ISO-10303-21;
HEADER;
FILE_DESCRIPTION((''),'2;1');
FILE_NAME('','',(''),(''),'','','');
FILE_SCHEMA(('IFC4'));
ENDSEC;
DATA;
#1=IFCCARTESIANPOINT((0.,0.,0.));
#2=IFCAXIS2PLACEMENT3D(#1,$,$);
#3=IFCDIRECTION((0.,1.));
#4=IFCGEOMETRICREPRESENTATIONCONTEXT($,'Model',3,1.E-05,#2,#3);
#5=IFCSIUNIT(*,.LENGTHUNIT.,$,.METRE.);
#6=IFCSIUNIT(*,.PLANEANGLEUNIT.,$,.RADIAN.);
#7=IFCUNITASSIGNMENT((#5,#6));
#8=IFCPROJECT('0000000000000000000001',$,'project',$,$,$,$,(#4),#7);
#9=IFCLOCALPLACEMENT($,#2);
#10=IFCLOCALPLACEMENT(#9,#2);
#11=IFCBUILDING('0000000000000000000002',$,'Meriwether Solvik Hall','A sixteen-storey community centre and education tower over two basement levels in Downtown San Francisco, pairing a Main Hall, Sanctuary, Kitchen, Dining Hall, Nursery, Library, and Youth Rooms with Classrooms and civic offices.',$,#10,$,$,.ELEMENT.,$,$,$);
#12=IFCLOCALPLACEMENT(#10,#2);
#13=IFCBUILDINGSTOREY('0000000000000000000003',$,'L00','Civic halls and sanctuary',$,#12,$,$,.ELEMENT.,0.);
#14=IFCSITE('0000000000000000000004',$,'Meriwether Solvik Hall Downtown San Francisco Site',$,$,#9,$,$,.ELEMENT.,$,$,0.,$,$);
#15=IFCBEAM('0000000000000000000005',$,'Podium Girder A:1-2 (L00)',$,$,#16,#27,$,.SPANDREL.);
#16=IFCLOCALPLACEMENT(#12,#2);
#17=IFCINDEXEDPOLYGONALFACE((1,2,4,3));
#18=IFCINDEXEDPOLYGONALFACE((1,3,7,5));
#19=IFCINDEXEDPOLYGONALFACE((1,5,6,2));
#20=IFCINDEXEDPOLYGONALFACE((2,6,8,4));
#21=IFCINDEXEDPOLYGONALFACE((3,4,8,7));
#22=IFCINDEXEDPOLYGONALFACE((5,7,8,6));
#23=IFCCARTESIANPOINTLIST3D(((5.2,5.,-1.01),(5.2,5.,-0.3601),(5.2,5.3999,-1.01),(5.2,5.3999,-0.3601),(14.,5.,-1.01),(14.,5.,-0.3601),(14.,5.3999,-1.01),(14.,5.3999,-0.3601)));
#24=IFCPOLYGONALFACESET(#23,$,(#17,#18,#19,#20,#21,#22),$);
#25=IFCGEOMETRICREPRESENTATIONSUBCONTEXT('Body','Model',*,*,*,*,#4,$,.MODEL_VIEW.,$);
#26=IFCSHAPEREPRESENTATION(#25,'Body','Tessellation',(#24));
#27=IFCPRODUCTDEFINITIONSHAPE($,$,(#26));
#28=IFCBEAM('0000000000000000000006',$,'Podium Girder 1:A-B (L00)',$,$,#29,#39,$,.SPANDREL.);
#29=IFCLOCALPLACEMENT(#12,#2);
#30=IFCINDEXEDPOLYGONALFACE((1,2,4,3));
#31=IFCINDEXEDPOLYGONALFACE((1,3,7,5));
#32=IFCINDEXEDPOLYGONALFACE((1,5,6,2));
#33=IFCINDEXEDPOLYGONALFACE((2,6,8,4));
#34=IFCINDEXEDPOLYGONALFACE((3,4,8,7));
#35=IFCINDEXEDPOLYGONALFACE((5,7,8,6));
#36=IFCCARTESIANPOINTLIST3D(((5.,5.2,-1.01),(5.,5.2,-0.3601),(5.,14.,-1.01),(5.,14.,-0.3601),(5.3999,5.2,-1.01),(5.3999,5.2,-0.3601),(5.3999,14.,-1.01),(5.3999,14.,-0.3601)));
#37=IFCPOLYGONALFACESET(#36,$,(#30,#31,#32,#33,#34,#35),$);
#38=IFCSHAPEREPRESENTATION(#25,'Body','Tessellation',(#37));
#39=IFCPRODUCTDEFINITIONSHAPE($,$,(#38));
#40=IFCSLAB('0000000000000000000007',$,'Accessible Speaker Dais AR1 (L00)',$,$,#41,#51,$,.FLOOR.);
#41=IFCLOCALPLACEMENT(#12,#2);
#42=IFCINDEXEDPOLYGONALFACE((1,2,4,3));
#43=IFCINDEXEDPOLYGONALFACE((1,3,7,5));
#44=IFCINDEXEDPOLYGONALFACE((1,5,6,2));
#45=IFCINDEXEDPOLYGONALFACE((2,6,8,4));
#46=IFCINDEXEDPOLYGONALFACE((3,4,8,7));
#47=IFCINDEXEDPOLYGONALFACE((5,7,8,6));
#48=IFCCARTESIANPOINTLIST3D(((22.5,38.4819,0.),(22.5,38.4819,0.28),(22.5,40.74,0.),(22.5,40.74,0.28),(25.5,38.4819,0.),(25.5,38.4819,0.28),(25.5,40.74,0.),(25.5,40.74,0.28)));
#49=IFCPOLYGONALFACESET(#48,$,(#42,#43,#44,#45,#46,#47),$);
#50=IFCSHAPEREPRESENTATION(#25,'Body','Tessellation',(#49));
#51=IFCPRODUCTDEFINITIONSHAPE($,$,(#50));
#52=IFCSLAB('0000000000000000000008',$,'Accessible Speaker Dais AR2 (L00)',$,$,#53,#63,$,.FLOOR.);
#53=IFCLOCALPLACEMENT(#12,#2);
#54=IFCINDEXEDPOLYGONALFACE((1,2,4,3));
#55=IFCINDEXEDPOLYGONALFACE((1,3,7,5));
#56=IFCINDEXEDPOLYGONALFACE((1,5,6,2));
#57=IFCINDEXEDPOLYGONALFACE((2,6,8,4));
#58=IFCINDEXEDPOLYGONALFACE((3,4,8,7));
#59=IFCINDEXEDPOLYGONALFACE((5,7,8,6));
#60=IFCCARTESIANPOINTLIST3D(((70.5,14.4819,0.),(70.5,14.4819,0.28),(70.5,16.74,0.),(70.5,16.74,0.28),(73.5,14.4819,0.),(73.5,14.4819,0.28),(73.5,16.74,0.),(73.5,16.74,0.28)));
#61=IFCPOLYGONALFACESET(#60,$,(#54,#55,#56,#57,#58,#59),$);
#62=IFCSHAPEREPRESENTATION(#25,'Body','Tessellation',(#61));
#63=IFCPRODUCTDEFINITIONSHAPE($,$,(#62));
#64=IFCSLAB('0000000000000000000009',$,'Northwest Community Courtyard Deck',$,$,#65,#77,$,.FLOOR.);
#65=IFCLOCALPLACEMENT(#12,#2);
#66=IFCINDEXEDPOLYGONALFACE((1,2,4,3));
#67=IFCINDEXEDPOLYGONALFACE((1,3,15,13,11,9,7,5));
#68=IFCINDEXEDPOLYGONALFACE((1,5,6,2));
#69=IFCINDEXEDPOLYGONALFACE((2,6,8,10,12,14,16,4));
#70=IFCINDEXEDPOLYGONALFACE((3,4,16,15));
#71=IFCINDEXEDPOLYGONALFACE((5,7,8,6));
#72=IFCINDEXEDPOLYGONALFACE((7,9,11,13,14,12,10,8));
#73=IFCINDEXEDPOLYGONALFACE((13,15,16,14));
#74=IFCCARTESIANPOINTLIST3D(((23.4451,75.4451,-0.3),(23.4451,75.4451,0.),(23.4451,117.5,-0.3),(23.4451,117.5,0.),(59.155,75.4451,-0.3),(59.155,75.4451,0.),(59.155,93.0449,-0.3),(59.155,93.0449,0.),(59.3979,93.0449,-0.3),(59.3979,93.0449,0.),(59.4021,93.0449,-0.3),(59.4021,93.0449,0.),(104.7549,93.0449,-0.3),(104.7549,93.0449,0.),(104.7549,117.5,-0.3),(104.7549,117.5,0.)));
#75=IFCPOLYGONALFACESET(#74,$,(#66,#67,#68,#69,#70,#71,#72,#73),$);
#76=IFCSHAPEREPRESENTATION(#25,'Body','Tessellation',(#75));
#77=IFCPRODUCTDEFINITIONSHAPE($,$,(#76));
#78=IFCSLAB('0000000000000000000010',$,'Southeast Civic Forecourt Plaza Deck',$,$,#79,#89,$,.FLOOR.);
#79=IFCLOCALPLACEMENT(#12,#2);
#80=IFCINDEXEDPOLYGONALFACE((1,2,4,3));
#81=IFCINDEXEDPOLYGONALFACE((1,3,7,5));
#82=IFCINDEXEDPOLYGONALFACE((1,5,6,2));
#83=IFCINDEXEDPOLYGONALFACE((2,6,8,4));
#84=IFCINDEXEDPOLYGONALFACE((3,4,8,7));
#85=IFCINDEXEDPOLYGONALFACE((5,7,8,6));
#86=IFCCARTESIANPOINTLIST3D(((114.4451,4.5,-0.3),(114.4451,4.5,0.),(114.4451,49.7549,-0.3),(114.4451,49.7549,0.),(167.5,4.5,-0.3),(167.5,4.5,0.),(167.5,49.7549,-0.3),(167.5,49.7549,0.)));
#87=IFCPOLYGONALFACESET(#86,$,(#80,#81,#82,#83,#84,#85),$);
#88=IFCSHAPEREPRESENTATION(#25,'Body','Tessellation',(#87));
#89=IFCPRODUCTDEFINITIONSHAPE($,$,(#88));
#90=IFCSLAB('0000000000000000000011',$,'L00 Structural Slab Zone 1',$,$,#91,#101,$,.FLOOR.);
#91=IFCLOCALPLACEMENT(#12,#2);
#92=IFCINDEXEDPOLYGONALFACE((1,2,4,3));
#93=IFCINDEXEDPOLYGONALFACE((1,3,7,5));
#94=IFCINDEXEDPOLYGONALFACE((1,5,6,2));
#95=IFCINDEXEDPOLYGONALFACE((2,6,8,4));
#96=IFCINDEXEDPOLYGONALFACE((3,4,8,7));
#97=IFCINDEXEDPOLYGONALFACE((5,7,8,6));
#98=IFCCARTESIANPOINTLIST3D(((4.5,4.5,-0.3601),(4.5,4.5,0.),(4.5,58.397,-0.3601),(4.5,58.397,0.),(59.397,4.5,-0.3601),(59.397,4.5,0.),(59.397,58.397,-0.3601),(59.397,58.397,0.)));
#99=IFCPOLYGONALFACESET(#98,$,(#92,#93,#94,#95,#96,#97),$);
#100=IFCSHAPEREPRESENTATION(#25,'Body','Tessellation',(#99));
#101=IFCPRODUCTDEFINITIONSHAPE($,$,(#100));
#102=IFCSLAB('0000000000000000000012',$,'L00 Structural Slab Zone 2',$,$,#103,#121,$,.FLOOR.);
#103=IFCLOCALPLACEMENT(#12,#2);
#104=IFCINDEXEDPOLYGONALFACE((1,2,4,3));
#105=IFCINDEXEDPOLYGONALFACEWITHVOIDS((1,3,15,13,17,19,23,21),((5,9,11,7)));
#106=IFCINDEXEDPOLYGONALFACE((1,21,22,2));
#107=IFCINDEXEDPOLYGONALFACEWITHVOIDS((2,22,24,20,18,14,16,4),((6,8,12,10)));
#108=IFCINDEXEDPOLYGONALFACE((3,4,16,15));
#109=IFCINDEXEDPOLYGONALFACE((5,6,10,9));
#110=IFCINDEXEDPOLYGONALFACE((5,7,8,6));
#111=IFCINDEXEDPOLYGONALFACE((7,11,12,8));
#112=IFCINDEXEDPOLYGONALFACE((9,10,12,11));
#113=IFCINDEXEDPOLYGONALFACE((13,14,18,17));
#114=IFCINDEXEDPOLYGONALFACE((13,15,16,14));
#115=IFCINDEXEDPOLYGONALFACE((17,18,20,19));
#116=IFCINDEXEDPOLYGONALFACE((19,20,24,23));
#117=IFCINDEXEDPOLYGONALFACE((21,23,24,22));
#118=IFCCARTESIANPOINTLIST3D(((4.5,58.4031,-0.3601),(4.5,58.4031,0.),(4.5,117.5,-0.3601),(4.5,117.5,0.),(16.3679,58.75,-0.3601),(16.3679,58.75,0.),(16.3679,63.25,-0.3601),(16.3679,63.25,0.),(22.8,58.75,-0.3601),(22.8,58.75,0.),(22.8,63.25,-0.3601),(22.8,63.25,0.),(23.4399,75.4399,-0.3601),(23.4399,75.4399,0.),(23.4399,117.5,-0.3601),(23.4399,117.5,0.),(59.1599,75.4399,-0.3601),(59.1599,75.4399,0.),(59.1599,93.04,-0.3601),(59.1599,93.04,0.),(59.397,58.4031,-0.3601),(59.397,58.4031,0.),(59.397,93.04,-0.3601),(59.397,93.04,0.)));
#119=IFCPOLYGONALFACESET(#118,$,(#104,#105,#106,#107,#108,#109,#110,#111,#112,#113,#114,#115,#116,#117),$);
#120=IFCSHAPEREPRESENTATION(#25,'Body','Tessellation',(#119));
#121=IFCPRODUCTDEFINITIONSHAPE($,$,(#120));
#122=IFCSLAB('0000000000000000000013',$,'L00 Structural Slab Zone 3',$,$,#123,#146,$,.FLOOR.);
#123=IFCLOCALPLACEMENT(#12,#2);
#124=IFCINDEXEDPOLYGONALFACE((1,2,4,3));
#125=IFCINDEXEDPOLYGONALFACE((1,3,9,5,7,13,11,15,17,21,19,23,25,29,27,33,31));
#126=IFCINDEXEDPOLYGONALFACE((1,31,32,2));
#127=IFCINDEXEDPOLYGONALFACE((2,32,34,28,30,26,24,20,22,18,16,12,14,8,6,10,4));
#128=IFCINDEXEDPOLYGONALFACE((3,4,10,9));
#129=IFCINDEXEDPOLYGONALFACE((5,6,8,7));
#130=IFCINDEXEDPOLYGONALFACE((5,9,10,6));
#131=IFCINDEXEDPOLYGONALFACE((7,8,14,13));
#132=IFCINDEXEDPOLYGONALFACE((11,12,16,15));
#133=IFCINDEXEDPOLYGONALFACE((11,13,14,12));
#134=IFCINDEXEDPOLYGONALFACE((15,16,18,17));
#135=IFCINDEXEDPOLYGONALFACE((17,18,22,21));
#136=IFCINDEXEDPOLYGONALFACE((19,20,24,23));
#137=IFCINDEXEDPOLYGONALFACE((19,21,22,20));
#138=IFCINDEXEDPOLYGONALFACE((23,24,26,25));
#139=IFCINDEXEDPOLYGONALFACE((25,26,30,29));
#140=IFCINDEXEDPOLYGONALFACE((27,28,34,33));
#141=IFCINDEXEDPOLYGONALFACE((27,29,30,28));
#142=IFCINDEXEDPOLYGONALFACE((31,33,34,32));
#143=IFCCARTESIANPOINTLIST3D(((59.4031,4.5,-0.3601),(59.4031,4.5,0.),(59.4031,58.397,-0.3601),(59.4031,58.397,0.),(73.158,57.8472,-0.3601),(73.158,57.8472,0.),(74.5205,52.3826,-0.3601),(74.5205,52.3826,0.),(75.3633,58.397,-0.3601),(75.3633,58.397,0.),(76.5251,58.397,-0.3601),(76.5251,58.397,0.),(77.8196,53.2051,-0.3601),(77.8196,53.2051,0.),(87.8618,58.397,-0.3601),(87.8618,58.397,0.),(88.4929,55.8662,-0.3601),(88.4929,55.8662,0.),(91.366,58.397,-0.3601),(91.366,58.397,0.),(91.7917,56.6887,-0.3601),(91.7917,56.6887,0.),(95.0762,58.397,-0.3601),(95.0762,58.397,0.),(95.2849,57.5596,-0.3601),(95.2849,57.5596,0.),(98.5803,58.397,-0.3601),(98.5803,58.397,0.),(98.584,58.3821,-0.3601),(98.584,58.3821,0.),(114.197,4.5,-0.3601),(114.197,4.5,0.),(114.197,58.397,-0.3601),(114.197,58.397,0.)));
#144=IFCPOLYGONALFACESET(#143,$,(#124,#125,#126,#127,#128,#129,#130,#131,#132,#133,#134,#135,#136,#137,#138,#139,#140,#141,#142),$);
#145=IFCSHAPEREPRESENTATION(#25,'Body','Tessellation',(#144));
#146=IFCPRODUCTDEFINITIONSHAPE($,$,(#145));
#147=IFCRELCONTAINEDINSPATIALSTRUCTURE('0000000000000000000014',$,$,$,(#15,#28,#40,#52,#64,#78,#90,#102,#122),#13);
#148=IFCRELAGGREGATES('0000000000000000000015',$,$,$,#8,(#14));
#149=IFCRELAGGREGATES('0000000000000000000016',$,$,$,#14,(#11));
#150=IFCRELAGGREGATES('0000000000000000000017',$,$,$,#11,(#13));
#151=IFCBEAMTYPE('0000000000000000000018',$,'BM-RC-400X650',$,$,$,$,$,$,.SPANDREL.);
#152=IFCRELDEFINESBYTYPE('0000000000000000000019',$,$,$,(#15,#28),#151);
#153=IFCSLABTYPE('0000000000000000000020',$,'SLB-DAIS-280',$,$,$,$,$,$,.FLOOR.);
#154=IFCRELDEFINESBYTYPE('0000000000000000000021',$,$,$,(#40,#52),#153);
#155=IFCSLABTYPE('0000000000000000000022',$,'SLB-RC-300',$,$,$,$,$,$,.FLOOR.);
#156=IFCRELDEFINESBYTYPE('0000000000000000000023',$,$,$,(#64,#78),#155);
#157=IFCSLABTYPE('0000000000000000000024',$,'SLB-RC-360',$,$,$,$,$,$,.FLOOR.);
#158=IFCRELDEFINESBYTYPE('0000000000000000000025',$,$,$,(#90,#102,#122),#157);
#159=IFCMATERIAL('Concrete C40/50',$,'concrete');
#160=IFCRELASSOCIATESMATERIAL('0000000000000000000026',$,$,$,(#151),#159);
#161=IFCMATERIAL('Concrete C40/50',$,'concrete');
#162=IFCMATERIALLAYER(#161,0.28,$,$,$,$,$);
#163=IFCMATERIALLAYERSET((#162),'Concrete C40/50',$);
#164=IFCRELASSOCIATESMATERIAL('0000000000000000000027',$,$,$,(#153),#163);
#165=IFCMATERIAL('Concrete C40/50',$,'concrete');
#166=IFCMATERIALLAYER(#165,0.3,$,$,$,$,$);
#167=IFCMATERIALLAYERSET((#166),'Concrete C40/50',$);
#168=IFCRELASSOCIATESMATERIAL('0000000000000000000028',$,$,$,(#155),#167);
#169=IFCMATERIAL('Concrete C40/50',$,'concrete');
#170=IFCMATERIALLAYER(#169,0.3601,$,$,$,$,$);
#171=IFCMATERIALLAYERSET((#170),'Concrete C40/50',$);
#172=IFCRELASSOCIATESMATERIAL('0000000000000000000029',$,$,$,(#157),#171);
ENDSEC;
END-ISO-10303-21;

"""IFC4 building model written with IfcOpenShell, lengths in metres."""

from ifc_helpers import new_model, si_unit, direction, frame, origin, origin_2d, place, context, subcontext, project, spatial, polyline, rectangle, outline, extrude, material, layer, layer_set, material_profile, profile_set, type_object, element, save


model = new_model("IFC4")

# Units and contexts
model_context = context("Model", 3, precision=1e-05, world=origin(), true_north=direction((0.0, 1.0)))
body_context = subcontext(model_context, "Body", "Model", "MODEL_VIEW")
ifc_project = project(units=[si_unit("LENGTHUNIT", "METRE"), si_unit("PLANEANGLEUNIT", "RADIAN")], contexts=[model_context])

# Site, building, storey
site_placement = place(None, origin())
site = spatial("IfcSite", under=ifc_project, at=site_placement, Name="Meriwether Solvik Hall Downtown San Francisco Site", CompositionType="ELEMENT", RefElevation=0.0)
building_placement = place(site_placement, origin())
building = spatial("IfcBuilding", under=site, at=building_placement, Name="Meriwether Solvik Hall", Description="A sixteen-storey community centre and education tower over two basement levels in Downtown San Francisco, pairing a Main Hall, Sanctuary, Kitchen, Dining Hall, Nursery, Library, and Youth Rooms with Classrooms and civic offices.", CompositionType="ELEMENT")
storey_placement = place(building_placement, origin())
storey = spatial("IfcBuildingStorey", under=building, at=storey_placement, Name="L00", Description="Civic halls and sanctuary", CompositionType="ELEMENT", Elevation=0.0)

# Beams
ifc_material_1 = material(Name="Concrete C40/50", Category="concrete")
ifc_material_profile = material_profile(ifc_material_1, rectangle(XDim=0.3999, YDim=0.6499, at=origin_2d()), Name="RCB-400X650")
ifc_profile_set = profile_set([ifc_material_profile], Name="Concrete C40/50")
beam_type = type_object("IfcBeamType", Name="BM-RC-400X650", PredefinedType="SPANDREL", material=ifc_profile_set)
for number, where, z_axis, x_axis, name in (
    (1, (5.2, 5.2, -0.6851), (1.0, 0.0, 0.0), (0.0, 1.0, 0.0), "Podium Girder A:1-2 (L00)"),
    (2, (5.2, 5.2, -0.6851), (0.0, 1.0, 0.0), (-1.0, 0.0, 0.0), "Podium Girder 1:A-B (L00)"),
):
    element("IfcBeam", number, at=place(storey_placement, frame(where, z_axis=z_axis, x_axis=x_axis)), inside=storey, type_object=beam_type, Name=name, PredefinedType="SPANDREL", context=body_context, shape_type="SweptSolid", body=[
        extrude(rectangle(XDim=0.3999, YDim=0.6499, at=origin_2d()), origin(), (0.0, 0.0, 1.0), 8.8),
    ])

# Slabs
ifc_material_2 = material(Name="Concrete C40/50", Category="concrete")
ifc_layer_1 = layer(ifc_material_2, 0.28)
ifc_layer_set_1 = layer_set([ifc_layer_1], Name="Concrete C40/50")
slab_type_1 = type_object("IfcSlabType", Name="SLB-DAIS-280", PredefinedType="FLOOR", material=ifc_layer_set_1)
slab_1_placement = place(storey_placement, origin())
element("IfcSlab", 3, at=slab_1_placement, inside=storey, type_object=slab_type_1, Name="Accessible Speaker Dais AR1 (L00)", PredefinedType="FLOOR", context=body_context, shape_type="SweptSolid", body=[
    extrude(outline(polyline([(22.5, 38.4819), (25.5, 38.4819), (25.5, 40.74), (22.5, 40.74), (22.5, 38.4819)])), origin(), (0.0, 0.0, 1.0), 0.28),
])
slab_2_placement = place(storey_placement, origin())
element("IfcSlab", 4, at=slab_2_placement, inside=storey, type_object=slab_type_1, Name="Accessible Speaker Dais AR2 (L00)", PredefinedType="FLOOR", context=body_context, shape_type="SweptSolid", body=[
    extrude(outline(polyline([(70.5, 14.4819), (73.5, 14.4819), (73.5, 16.74), (70.5, 16.74), (70.5, 14.4819)])), origin(), (0.0, 0.0, 1.0), 0.28),
])
ifc_material_3 = material(Name="Concrete C40/50", Category="concrete")
ifc_layer_2 = layer(ifc_material_3, 0.3)
ifc_layer_set_2 = layer_set([ifc_layer_2], Name="Concrete C40/50")
slab_type_2 = type_object("IfcSlabType", Name="SLB-RC-300", PredefinedType="FLOOR", material=ifc_layer_set_2)
slab_3_placement = place(storey_placement, frame((0.0, 0.0, -0.3)))
element("IfcSlab", 5, at=slab_3_placement, inside=storey, type_object=slab_type_2, Name="Northwest Community Courtyard Deck", PredefinedType="FLOOR", context=body_context, shape_type="SweptSolid", body=[
    extrude(outline(polyline([(104.7549, 117.5), (104.7549, 93.0449), (59.4021, 93.0449), (59.3979, 93.0449), (59.155, 93.0449), (59.155, 75.4451), (23.4451, 75.4451), (23.4451, 117.5), (104.7549, 117.5)])), origin(), (0.0, 0.0, 1.0), 0.3),
])
slab_4_placement = place(storey_placement, frame((0.0, 0.0, -0.3)))
element("IfcSlab", 6, at=slab_4_placement, inside=storey, type_object=slab_type_2, Name="Southeast Civic Forecourt Plaza Deck", PredefinedType="FLOOR", context=body_context, shape_type="SweptSolid", body=[
    extrude(outline(polyline([(167.5, 4.5), (114.4451, 4.5), (114.4451, 49.7549), (167.5, 49.7549), (167.5, 4.5)])), origin(), (0.0, 0.0, 1.0), 0.3),
])
ifc_material_4 = material(Name="Concrete C40/50", Category="concrete")
ifc_layer_3 = layer(ifc_material_4, 0.3601)
ifc_layer_set_3 = layer_set([ifc_layer_3], Name="Concrete C40/50")
slab_type_3 = type_object("IfcSlabType", Name="SLB-RC-360", PredefinedType="FLOOR", material=ifc_layer_set_3)
slab_5_placement = place(storey_placement, frame((0.0, 0.0, -0.3601)))
element("IfcSlab", 7, at=slab_5_placement, inside=storey, type_object=slab_type_3, Name="L00 Structural Slab Zone 1", PredefinedType="FLOOR", context=body_context, shape_type="SweptSolid", body=[
    extrude(outline(polyline([(59.397, 4.5), (4.5, 4.5), (4.5, 58.397), (59.397, 58.397), (59.397, 4.5)])), origin(), (0.0, 0.0, 1.0), 0.3601),
])
slab_6_placement = place(storey_placement, frame((0.0, 0.0, -0.3601)))
element("IfcSlab", 8, at=slab_6_placement, inside=storey, type_object=slab_type_3, Name="L00 Structural Slab Zone 2", PredefinedType="FLOOR", context=body_context, shape_type="SweptSolid", body=[
    extrude(outline(polyline([(4.5, 58.4031), (4.5, 117.5), (23.4399, 117.5), (23.4399, 75.4399), (59.1599, 75.4399), (59.1599, 93.04), (59.397, 93.04), (59.397, 58.4031), (4.5, 58.4031)]), holes=[polyline([(22.8, 58.75), (22.8, 63.25), (16.3679, 63.25), (16.3679, 58.75), (22.8, 58.75)])]), origin(), (0.0, 0.0, 1.0), 0.3601),
])
slab_7_placement = place(storey_placement, frame((0.0, 0.0, -0.3601)))
element("IfcSlab", 9, at=slab_7_placement, inside=storey, type_object=slab_type_3, Name="L00 Structural Slab Zone 3", PredefinedType="FLOOR", context=body_context, shape_type="SweptSolid", body=[
    extrude(outline(polyline([(75.3633, 58.397), (73.158, 57.8472), (74.5205, 52.3826), (77.8196, 53.2051), (76.5251, 58.397), (87.8618, 58.397), (88.4929, 55.8662), (91.7917, 56.6887), (91.366, 58.397), (95.0762, 58.397), (95.2849, 57.5596), (98.584, 58.3821), (98.5803, 58.397), (114.197, 58.397), (114.197, 4.5), (59.4031, 4.5), (59.4031, 58.397), (75.3633, 58.397)])), origin(), (0.0, 0.0, 1.0), 0.3601),
])

save(model, "model.ifc")
